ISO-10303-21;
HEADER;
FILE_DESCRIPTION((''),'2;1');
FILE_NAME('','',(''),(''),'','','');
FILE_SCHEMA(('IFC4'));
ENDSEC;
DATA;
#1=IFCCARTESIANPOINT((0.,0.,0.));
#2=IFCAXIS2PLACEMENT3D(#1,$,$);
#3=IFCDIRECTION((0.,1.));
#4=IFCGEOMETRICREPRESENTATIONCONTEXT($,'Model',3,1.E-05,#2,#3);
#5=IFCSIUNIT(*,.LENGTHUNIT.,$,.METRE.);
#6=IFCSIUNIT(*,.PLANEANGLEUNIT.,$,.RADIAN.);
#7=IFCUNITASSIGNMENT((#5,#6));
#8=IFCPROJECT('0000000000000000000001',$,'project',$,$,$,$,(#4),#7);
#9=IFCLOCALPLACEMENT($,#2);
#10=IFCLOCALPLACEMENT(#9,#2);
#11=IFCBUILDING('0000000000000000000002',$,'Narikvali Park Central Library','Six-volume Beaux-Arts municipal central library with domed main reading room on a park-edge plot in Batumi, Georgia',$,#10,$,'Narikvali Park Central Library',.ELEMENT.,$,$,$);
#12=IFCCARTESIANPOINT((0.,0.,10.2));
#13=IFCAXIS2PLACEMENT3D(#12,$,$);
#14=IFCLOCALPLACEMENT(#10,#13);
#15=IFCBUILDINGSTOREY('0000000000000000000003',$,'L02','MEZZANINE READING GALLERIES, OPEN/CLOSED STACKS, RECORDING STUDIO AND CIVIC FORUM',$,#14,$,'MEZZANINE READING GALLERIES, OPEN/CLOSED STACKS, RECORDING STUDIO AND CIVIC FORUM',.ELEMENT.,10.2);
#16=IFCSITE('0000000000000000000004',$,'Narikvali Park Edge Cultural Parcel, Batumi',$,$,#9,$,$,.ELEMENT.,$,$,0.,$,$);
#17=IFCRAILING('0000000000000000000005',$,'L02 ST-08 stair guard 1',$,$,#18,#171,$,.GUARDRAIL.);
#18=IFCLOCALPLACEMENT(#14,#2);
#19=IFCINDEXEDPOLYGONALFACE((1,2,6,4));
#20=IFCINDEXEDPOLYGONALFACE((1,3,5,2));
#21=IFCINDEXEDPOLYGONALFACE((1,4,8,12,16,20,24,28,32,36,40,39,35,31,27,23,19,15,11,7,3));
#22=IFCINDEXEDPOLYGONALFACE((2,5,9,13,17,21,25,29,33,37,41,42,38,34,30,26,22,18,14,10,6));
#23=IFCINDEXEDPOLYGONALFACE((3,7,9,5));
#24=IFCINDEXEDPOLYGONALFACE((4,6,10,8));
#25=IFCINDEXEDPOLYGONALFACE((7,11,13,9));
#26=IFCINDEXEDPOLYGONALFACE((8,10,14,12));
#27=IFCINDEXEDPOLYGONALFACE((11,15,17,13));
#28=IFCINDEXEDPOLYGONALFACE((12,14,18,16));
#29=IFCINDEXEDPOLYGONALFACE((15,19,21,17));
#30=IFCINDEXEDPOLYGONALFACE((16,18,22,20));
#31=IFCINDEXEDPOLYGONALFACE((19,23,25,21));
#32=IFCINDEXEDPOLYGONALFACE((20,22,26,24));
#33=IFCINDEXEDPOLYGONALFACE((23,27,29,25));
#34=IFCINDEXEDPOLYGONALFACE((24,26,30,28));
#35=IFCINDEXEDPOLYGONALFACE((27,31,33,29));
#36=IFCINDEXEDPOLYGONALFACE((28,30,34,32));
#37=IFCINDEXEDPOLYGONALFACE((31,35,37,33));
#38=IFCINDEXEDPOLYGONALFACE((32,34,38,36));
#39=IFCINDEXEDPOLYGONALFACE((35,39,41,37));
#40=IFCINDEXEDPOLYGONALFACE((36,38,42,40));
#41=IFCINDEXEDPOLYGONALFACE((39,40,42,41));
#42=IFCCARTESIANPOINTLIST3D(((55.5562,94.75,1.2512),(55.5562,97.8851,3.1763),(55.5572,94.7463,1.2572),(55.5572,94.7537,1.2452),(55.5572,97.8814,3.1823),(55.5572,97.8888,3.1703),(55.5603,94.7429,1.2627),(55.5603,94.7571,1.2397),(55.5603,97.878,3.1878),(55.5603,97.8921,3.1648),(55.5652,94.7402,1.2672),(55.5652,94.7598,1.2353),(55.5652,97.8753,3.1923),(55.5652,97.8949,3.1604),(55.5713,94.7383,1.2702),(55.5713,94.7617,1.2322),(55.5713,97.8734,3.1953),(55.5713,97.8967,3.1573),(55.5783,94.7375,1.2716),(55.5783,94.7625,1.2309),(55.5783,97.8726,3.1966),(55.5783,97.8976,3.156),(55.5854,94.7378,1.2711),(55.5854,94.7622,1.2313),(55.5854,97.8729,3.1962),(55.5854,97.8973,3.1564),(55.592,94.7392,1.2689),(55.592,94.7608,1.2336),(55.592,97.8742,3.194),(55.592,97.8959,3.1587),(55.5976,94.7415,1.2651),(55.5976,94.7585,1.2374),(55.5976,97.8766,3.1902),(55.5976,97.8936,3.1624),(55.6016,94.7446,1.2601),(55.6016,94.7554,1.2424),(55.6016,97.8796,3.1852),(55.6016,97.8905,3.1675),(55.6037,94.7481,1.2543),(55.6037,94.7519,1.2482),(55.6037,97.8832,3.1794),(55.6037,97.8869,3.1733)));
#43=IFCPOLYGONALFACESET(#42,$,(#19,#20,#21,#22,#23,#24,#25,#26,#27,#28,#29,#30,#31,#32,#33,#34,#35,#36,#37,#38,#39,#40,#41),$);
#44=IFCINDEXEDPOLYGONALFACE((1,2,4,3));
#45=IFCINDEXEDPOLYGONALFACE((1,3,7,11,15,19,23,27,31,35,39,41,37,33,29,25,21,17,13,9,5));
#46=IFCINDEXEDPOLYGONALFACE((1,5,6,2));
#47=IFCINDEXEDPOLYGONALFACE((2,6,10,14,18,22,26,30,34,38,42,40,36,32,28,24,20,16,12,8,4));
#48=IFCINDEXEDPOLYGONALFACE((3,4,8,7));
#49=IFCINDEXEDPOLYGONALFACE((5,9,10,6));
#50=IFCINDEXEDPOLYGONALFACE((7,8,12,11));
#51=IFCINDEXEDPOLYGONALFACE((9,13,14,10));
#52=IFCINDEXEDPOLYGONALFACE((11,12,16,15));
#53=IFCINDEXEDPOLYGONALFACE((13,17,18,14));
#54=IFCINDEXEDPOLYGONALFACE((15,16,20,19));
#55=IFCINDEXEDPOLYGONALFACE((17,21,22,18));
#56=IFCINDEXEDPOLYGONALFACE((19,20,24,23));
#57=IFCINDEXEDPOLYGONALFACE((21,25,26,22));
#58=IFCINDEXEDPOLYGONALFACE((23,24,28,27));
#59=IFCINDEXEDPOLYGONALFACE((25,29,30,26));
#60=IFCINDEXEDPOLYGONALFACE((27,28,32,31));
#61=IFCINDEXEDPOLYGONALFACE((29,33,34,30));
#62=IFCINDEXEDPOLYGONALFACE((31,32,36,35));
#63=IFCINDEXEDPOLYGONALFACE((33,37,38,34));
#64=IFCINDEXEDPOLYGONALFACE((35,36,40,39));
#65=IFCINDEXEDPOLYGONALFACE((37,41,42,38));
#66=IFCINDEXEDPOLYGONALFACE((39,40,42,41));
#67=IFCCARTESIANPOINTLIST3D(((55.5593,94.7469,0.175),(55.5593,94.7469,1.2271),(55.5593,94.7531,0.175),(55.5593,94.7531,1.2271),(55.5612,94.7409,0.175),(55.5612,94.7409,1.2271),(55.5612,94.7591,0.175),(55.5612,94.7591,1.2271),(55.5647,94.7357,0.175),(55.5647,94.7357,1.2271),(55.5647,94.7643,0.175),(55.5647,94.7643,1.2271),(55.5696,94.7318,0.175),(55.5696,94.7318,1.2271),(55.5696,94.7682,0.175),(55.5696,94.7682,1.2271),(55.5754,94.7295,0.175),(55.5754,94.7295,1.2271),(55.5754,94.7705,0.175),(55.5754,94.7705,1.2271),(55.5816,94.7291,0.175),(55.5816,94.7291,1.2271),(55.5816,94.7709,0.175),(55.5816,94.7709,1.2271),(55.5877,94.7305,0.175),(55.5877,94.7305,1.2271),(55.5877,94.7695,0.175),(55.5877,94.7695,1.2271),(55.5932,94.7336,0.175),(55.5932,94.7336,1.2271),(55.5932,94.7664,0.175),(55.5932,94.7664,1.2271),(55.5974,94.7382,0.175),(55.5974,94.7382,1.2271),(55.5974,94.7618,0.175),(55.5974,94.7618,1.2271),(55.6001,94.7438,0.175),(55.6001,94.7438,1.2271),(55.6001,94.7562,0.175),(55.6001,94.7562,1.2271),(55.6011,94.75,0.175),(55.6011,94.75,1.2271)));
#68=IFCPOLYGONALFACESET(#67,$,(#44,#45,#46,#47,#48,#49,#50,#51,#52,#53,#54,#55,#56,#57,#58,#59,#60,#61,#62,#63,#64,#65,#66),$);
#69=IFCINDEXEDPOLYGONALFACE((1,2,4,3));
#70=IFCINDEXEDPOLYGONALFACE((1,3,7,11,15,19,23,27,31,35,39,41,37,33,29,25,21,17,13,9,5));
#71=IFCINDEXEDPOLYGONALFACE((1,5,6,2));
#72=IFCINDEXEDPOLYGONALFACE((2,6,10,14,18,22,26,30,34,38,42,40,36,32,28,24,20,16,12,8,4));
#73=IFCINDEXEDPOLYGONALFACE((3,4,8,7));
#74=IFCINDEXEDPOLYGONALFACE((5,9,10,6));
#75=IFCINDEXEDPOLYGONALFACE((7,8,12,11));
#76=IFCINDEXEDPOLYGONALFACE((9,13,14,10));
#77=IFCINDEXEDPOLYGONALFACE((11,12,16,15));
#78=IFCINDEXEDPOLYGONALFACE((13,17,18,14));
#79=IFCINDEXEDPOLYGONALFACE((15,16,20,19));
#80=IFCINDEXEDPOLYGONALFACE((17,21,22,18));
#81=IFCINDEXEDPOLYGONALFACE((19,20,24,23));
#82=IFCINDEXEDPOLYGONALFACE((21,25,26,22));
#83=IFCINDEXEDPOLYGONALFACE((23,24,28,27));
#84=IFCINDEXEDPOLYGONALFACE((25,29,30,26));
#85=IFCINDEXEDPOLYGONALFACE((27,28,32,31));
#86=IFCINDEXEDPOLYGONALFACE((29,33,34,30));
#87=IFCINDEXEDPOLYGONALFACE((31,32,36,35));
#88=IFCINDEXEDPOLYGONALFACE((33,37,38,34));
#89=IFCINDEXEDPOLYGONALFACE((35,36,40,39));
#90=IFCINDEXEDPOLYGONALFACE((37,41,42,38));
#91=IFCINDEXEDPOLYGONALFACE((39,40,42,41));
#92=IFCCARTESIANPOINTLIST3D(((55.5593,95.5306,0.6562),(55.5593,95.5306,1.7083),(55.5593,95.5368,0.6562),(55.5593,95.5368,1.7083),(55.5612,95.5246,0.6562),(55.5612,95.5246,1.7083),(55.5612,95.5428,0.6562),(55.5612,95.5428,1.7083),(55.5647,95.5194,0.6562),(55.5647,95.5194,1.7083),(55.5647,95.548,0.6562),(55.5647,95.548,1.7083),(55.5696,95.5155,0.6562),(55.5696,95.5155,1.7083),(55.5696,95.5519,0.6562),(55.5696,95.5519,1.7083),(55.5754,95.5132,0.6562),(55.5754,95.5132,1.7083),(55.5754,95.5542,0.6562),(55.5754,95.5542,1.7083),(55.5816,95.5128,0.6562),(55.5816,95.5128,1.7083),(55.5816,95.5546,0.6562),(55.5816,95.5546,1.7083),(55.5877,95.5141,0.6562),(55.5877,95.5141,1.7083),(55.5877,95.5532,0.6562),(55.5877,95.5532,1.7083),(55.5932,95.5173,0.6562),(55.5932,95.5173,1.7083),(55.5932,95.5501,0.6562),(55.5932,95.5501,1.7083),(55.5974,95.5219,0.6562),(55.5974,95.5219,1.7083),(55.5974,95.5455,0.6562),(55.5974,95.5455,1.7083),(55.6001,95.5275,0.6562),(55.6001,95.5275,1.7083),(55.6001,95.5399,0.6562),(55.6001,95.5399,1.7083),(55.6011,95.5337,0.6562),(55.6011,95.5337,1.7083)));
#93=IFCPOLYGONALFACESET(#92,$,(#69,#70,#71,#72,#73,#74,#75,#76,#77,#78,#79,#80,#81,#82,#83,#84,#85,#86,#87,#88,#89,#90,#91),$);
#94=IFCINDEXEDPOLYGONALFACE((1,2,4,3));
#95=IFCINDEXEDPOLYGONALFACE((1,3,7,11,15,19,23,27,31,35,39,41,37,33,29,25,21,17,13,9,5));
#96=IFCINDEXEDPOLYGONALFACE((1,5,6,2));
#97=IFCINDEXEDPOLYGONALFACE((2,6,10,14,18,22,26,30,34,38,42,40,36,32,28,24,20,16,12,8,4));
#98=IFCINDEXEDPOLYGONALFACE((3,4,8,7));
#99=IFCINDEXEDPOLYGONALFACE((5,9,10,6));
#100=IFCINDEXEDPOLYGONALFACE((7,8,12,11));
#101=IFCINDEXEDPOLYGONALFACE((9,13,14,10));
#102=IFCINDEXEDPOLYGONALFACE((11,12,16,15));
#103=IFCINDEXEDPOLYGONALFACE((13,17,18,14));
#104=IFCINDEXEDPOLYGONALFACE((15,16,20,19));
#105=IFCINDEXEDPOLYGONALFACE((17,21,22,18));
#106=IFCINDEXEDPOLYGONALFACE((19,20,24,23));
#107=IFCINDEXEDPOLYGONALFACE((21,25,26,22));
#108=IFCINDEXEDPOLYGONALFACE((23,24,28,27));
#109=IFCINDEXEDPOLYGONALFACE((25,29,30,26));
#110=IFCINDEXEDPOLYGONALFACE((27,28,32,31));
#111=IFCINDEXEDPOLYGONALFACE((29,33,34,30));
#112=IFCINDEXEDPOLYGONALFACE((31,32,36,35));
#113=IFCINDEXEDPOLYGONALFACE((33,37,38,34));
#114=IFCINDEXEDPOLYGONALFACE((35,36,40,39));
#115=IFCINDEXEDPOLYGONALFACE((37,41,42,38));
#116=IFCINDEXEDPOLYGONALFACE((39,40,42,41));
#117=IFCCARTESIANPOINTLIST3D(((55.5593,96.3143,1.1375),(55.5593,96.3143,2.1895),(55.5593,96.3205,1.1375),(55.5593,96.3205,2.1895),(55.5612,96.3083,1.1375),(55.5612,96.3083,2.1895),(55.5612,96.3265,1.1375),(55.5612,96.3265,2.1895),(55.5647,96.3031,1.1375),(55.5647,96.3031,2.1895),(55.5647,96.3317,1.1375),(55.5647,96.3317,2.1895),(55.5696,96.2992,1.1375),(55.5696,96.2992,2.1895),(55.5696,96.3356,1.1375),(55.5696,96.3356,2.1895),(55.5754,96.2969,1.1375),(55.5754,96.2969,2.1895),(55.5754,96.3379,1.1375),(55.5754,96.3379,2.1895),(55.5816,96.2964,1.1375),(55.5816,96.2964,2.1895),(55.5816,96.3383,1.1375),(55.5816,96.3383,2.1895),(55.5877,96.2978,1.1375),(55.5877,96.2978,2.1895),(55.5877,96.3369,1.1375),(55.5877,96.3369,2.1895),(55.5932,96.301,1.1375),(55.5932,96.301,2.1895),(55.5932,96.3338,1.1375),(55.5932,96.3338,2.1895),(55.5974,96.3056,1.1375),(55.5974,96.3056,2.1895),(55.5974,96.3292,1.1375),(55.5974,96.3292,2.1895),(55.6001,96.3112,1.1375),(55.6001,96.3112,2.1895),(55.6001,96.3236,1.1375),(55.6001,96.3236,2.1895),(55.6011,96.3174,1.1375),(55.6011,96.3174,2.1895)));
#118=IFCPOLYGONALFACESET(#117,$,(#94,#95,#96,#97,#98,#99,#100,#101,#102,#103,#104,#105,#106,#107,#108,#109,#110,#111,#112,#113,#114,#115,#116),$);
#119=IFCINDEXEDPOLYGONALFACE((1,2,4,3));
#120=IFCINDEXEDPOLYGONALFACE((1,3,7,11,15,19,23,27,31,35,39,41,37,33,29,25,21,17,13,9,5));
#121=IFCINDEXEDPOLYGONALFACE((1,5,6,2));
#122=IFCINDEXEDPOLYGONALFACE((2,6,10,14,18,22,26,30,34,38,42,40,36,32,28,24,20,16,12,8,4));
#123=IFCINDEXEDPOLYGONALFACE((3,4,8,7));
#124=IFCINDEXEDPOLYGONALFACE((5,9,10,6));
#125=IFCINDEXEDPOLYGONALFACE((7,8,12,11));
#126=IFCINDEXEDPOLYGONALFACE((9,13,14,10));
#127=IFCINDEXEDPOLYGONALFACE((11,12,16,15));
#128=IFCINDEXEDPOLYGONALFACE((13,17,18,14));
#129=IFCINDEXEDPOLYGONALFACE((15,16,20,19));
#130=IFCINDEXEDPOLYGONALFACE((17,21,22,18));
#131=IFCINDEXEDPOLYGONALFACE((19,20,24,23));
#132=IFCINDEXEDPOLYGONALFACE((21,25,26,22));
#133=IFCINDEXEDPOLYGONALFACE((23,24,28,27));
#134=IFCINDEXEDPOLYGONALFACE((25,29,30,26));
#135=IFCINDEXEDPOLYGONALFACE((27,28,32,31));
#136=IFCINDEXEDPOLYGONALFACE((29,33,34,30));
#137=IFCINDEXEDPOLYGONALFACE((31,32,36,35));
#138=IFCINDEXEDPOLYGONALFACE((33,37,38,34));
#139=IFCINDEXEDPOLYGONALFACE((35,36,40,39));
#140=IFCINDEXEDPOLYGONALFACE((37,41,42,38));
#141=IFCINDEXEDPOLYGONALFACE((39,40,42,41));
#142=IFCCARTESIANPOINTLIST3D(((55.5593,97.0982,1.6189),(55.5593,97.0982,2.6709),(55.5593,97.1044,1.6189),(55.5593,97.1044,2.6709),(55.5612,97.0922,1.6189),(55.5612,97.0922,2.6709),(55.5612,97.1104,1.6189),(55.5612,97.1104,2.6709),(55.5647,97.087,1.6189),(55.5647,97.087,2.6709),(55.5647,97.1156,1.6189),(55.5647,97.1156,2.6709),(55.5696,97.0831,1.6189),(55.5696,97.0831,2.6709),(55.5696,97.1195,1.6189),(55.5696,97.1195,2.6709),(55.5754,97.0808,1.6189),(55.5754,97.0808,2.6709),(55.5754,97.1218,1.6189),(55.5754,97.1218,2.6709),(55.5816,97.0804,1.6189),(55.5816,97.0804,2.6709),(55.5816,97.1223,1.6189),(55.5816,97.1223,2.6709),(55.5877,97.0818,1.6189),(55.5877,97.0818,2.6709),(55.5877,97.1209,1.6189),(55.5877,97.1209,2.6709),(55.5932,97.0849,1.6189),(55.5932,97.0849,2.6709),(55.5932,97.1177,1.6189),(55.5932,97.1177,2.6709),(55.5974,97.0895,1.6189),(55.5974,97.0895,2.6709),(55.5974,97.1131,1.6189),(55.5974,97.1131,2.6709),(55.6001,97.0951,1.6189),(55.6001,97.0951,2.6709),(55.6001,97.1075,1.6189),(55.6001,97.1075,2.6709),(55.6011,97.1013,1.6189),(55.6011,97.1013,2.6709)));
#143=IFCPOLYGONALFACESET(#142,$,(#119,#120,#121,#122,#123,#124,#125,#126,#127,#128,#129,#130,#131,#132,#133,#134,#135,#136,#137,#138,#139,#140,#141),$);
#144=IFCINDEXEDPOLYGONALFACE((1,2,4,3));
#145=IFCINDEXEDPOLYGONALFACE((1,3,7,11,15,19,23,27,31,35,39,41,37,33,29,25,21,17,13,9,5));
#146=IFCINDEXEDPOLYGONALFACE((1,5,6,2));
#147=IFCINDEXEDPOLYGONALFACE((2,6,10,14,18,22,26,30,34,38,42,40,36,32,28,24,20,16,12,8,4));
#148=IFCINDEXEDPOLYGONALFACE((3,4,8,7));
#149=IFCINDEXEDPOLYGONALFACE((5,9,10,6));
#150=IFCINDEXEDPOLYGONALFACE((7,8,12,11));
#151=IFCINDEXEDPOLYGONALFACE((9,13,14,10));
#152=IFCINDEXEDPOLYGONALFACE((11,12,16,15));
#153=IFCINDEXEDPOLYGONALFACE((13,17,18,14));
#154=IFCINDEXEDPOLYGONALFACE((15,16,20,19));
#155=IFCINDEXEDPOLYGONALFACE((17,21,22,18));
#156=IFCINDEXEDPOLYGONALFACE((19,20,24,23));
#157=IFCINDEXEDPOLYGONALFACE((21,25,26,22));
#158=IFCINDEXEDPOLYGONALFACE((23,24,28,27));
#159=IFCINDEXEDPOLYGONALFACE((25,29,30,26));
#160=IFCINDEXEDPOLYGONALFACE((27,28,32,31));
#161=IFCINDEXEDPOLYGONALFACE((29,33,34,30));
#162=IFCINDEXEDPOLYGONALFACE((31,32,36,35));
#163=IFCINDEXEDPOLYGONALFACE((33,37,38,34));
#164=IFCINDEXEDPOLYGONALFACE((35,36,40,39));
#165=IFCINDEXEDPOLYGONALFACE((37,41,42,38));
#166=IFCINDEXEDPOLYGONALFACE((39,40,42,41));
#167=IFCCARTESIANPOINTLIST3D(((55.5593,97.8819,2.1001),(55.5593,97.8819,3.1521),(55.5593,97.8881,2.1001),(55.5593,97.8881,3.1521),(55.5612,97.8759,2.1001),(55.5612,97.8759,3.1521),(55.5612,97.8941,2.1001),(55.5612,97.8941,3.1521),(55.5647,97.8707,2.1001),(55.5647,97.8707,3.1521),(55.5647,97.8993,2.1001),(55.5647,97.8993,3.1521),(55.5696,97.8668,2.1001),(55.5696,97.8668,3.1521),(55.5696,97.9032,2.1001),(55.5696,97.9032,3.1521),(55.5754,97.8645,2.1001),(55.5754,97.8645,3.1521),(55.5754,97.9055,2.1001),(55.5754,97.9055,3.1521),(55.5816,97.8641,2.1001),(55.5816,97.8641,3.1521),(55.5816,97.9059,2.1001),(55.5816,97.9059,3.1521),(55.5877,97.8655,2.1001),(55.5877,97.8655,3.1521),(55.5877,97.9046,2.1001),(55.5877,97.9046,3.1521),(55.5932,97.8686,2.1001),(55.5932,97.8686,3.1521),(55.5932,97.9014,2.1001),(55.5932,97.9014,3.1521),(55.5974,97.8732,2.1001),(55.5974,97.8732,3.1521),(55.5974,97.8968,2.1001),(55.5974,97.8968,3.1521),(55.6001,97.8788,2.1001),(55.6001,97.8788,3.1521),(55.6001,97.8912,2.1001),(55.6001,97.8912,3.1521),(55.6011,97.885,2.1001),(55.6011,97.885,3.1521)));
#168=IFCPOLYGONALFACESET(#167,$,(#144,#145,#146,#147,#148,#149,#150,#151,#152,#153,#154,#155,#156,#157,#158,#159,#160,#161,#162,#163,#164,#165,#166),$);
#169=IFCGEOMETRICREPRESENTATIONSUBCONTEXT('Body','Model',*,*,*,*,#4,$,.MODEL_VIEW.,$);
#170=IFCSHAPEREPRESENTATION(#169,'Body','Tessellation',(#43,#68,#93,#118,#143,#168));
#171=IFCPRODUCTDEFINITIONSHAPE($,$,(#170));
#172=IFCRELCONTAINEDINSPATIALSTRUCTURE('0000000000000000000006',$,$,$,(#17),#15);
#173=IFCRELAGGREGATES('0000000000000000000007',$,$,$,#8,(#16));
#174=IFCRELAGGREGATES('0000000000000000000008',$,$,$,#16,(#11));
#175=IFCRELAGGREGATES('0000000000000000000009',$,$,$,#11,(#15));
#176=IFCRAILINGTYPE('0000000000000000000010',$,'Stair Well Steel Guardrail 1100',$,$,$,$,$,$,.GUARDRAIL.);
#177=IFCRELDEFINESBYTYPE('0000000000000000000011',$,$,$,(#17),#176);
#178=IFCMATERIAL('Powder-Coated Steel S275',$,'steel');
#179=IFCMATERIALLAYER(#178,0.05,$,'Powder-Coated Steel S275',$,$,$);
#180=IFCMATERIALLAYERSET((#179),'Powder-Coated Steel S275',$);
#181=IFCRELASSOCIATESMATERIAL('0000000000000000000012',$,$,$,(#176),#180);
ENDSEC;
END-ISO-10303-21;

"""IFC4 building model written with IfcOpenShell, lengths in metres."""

from ifc_helpers import new_model, si_unit, direction, frame, origin, origin_2d, place, context, subcontext, project, spatial, circle, extrude, material, layer, layer_set, type_object, element, save


model = new_model("IFC4")

# Units and contexts
model_context = context("Model", 3, precision=1e-05, world=origin(), true_north=direction((0.0, 1.0)))
body_context = subcontext(model_context, "Body", "Model", "MODEL_VIEW")
ifc_project = project(units=[si_unit("LENGTHUNIT", "METRE"), si_unit("PLANEANGLEUNIT", "RADIAN")], contexts=[model_context])

# Site, building, storey
site_placement = place(None, origin())
site = spatial("IfcSite", under=ifc_project, at=site_placement, Name="Narikvali Park Edge Cultural Parcel, Batumi", CompositionType="ELEMENT", RefElevation=0.0)
building_placement = place(site_placement, origin())
building = spatial("IfcBuilding", under=site, at=building_placement, Name="Narikvali Park Central Library", Description="Six-volume Beaux-Arts municipal central library with domed main reading room on a park-edge plot in Batumi, Georgia", LongName="Narikvali Park Central Library", CompositionType="ELEMENT")
storey_placement = place(building_placement, frame((0.0, 0.0, 10.2)))
storey = spatial("IfcBuildingStorey", under=building, at=storey_placement, Name="L02", Description="MEZZANINE READING GALLERIES, OPEN/CLOSED STACKS, RECORDING STUDIO AND CIVIC FORUM", LongName="MEZZANINE READING GALLERIES, OPEN/CLOSED STACKS, RECORDING STUDIO AND CIVIC FORUM", CompositionType="ELEMENT", Elevation=10.2)

# Railing
ifc_material_1 = material(Name="Powder-Coated Steel S275", Category="steel")
ifc_layer_1 = layer(ifc_material_1, 0.05, Name="Powder-Coated Steel S275")
ifc_layer_set_1 = layer_set([ifc_layer_1], Name="Powder-Coated Steel S275")
railing_type_1 = type_object("IfcRailingType", Name="Stair Well Steel Guardrail 1100", PredefinedType="GUARDRAIL", material=ifc_layer_set_1)
railing_1_placement = place(storey_placement, frame((55.5801, 94.75, 0.175)))
element("IfcRailing", 1, at=railing_1_placement, inside=storey, type_object=railing_type_1, Name="L02 ST-08 stair guard 1", PredefinedType="GUARDRAIL", context=body_context, shape_type="SweptSolid", body=[
    extrude(circle(Radius=0.0239, at=origin_2d()), frame((0.0, 0.0, 1.0762), z_axis=(0.0, 0.852166, 0.523271), x_axis=(-1.0, 0.0, 0.0)), (0.0, 0.0, 1.0), 3.679),
    extrude(circle(Radius=0.021, at=origin_2d()), origin(), (0.0, 0.0, 1.0), 1.052),
    extrude(circle(Radius=0.021, at=origin_2d()), frame((0.0, 0.7837, 0.4812)), (0.0, 0.0, 1.0), 1.052),
    extrude(circle(Radius=0.021, at=origin_2d()), frame((0.0, 1.5674, 0.9624)), (0.0, 0.0, 1.0), 1.052),
    extrude(circle(Radius=0.021, at=origin_2d()), frame((0.0, 2.3513, 1.4438)), (0.0, 0.0, 1.0), 1.052),
    extrude(circle(Radius=0.021, at=origin_2d()), frame((0.0, 3.135, 1.925)), (0.0, 0.0, 1.0), 1.052),
])

save(model, "model.ifc")
